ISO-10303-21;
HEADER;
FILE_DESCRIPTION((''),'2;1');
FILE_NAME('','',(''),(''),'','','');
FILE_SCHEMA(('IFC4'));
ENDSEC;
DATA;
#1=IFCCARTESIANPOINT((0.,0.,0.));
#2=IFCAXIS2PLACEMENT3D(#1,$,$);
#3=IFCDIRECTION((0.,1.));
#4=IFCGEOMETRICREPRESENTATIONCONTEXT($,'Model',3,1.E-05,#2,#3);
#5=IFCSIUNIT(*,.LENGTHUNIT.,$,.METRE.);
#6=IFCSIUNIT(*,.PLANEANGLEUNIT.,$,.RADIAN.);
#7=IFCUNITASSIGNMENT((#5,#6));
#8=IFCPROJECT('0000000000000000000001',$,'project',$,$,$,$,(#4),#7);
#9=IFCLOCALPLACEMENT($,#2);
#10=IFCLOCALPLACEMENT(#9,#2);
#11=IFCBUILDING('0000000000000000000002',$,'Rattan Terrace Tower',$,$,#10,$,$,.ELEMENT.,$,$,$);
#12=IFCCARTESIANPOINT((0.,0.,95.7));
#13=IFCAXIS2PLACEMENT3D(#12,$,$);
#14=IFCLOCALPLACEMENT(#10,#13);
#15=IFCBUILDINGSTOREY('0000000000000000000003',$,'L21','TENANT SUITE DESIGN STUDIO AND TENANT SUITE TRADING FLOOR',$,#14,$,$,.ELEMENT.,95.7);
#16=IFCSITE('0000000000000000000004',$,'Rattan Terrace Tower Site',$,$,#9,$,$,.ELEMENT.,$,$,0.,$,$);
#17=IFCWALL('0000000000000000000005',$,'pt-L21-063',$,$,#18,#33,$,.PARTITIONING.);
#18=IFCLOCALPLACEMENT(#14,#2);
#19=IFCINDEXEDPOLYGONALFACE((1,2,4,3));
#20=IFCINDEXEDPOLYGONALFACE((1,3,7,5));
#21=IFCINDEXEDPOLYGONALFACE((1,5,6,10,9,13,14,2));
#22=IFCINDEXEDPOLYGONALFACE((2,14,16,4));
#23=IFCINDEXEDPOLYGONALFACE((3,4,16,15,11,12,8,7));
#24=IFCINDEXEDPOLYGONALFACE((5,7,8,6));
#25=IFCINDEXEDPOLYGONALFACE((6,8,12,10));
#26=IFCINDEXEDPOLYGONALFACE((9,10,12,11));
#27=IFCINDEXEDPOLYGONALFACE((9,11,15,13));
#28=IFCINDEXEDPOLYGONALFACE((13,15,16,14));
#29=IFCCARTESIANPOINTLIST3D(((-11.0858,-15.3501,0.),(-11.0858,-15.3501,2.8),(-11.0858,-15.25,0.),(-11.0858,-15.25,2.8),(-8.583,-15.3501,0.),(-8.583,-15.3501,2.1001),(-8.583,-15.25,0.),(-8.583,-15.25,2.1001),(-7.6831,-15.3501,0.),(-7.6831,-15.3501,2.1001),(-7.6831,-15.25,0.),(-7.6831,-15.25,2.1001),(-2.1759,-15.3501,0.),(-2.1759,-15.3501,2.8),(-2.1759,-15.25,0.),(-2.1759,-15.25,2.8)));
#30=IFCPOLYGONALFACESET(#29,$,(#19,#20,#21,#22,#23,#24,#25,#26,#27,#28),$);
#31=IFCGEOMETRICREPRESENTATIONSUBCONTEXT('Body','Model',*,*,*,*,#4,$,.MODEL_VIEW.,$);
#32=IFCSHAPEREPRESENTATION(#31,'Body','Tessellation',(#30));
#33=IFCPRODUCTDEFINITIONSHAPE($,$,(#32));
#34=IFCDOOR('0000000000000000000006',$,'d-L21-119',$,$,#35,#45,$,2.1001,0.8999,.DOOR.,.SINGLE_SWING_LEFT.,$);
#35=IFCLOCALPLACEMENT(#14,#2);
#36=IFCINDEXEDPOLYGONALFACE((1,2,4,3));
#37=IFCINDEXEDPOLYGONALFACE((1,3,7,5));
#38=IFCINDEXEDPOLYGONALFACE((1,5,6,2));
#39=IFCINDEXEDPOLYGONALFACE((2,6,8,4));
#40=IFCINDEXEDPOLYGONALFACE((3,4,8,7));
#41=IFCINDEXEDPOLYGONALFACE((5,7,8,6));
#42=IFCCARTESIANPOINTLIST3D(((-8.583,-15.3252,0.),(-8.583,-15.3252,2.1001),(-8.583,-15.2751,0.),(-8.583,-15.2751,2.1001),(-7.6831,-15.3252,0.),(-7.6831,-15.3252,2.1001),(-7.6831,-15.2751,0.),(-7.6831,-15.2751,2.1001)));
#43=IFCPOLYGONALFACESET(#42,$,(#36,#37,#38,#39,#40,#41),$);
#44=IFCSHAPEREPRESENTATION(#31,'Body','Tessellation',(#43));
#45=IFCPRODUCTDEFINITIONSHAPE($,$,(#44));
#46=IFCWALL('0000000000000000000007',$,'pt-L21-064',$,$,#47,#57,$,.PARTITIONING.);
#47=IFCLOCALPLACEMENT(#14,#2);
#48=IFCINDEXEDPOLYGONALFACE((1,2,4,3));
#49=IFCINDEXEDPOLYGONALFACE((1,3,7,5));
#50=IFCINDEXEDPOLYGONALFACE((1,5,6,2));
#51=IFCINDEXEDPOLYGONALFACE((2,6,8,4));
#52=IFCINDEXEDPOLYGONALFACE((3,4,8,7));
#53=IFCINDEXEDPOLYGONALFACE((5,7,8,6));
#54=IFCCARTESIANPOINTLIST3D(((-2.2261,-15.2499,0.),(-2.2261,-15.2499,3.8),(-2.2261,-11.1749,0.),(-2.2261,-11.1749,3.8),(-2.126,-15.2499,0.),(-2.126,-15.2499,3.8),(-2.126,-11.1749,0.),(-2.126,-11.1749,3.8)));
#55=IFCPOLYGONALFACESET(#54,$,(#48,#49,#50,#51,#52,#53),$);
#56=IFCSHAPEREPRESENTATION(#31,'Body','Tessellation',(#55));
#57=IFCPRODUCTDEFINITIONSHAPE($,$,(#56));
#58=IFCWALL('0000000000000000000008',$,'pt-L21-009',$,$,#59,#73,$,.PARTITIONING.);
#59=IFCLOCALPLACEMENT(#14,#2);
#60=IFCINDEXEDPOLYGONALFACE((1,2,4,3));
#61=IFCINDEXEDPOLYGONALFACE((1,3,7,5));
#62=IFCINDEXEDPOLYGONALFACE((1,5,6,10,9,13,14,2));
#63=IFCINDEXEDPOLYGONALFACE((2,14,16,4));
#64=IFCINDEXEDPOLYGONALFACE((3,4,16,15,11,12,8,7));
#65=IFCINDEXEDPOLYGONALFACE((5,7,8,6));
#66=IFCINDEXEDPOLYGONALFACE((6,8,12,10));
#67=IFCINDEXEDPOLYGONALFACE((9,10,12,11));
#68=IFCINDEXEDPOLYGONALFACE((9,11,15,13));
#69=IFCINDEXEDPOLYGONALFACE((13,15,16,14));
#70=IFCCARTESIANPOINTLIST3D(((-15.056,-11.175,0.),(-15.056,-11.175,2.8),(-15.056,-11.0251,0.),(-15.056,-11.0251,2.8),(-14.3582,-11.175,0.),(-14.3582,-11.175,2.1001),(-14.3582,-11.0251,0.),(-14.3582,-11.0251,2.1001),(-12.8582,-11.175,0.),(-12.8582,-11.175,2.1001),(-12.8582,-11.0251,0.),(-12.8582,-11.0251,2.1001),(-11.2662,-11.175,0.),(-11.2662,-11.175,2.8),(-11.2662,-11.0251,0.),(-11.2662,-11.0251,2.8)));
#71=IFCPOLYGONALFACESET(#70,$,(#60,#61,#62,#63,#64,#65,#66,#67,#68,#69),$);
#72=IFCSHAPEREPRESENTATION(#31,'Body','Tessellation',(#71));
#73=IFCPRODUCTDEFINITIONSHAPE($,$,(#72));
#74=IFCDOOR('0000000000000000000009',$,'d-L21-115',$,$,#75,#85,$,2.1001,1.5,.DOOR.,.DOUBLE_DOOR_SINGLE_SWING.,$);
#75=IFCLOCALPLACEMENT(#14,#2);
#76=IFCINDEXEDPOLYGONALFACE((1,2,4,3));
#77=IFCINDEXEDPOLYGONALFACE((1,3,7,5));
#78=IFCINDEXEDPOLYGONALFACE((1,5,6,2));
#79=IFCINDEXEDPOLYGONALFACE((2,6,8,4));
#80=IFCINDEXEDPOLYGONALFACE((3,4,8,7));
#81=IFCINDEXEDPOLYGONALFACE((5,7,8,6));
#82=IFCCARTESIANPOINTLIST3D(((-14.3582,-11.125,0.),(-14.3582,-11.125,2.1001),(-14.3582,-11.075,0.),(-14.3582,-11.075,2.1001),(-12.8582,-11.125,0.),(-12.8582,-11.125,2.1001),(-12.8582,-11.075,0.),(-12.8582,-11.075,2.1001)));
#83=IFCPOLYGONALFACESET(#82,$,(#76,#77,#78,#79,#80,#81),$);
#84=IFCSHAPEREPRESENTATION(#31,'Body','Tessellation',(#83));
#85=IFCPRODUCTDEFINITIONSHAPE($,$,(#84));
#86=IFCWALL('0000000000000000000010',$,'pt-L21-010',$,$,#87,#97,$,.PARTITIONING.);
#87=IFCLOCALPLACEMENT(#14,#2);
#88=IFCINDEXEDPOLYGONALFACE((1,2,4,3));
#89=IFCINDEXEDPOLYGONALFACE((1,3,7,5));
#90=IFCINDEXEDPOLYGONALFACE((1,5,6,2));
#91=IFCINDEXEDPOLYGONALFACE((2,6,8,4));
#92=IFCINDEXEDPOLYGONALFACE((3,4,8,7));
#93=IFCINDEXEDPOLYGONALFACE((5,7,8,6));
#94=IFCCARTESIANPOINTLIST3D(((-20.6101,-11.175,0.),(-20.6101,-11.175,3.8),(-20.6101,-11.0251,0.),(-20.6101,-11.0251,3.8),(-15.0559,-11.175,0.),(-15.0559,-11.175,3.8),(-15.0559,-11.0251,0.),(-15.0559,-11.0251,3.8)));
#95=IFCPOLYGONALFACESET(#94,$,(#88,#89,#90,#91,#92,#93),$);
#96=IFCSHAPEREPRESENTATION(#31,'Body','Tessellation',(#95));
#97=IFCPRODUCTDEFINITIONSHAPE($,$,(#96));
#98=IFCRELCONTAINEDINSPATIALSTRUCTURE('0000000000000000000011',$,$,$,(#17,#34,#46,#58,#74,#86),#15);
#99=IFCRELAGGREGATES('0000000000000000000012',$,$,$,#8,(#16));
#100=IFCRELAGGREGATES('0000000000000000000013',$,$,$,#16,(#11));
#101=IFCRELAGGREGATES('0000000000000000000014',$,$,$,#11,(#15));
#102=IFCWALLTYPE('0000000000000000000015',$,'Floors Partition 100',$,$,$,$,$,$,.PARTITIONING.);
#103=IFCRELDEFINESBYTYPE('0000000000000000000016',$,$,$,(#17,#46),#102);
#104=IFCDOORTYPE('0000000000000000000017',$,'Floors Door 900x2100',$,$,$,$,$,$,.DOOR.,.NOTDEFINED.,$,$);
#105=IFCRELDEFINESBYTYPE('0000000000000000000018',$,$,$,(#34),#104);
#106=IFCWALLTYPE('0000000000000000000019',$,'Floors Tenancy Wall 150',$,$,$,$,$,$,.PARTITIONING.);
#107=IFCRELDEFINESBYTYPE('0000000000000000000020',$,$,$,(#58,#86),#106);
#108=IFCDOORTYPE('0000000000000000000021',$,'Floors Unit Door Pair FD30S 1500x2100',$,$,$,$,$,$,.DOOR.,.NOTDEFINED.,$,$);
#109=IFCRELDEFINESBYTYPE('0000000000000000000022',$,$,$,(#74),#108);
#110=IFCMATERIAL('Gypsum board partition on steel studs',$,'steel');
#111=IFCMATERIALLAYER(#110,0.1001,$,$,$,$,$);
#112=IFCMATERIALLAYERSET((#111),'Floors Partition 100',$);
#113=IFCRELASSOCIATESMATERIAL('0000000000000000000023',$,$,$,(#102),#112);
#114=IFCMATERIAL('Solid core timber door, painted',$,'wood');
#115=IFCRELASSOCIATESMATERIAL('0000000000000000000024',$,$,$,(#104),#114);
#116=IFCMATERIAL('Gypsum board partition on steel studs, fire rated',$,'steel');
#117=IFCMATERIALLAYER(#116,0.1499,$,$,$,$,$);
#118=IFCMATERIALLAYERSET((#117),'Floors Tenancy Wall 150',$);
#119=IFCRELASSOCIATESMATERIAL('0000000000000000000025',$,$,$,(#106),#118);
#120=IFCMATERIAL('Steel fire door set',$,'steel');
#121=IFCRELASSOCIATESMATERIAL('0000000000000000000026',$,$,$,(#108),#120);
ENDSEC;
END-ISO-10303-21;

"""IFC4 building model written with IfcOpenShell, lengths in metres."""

from ifc_helpers import new_model, si_unit, direction, frame, frame_2d, origin, place, context, subcontext, project, spatial, rectangle, extrude, material, layer, layer_set, type_object, element, fill, save


model = new_model("IFC4")

# Units and contexts
model_context = context("Model", 3, precision=1e-05, world=origin(), true_north=direction((0.0, 1.0)))
body_context = subcontext(model_context, "Body", "Model", "MODEL_VIEW")
ifc_project = project(units=[si_unit("LENGTHUNIT", "METRE"), si_unit("PLANEANGLEUNIT", "RADIAN")], contexts=[model_context])

# Site, building, storey
site_placement = place(None, origin())
site = spatial("IfcSite", under=ifc_project, at=site_placement, Name="Rattan Terrace Tower Site", CompositionType="ELEMENT", RefElevation=0.0)
building_placement = place(site_placement, origin())
building = spatial("IfcBuilding", under=site, at=building_placement, Name="Rattan Terrace Tower", CompositionType="ELEMENT")
storey_placement = place(building_placement, frame((0.0, 0.0, 95.7)))
storey = spatial("IfcBuildingStorey", under=building, at=storey_placement, Name="L21", Description="TENANT SUITE DESIGN STUDIO AND TENANT SUITE TRADING FLOOR", CompositionType="ELEMENT", Elevation=95.7)

# Shared definitions
ifc_material_1 = material(Name="Gypsum board partition on steel studs", Category="steel")
ifc_layer_1 = layer(ifc_material_1, 0.1001)
ifc_layer_set_1 = layer_set([ifc_layer_1], Name="Floors Partition 100")
wall_type_1 = type_object("IfcWallType", Name="Floors Partition 100", PredefinedType="PARTITIONING", material=ifc_layer_set_1)
ifc_material_2 = material(Name="Solid core timber door, painted", Category="wood")
door_type_1 = type_object("IfcDoorType", Name="Floors Door 900x2100", OperationType="NOTDEFINED", PredefinedType="DOOR", material=ifc_material_2)

# Wall, opening, door
wall_1_placement = place(storey_placement, frame((-11.0859, -15.3, 0.0), z_axis=(0.0, 0.0, 1.0), x_axis=(1.0, 0.0, 0.0)))
wall_1 = element("IfcWall", 1, at=wall_1_placement, inside=storey, type_object=wall_type_1, Name="pt-L21-063", PredefinedType="PARTITIONING", context=body_context, shape_type="SweptSolid", body=[
    extrude(rectangle(XDim=8.9099, YDim=0.1001, at=frame_2d((4.4551, 0.0))), origin(), (0.0, 0.0, 1.0), 2.8),
])
opening_1_placement = place(wall_1_placement, frame((2.5029, 0.0, 0.0)))
opening_1 = element("IfcOpeningElement", 2, at=opening_1_placement, cuts=wall_1, PredefinedType="OPENING", context=body_context, shape_type="SweptSolid", body=[
    extrude(rectangle(XDim=0.8999, YDim=2.1001, at=frame_2d((0.45, 1.05))), frame((0.0, 0.0605, 0.0), z_axis=(0.0, -1.0, 0.0), x_axis=(1.0, 0.0, 0.0)), (0.0, 0.0, 1.0), 0.1211),
])
door_1_placement = place(opening_1_placement, origin())
door_1 = element("IfcDoor", 3, at=door_1_placement, inside=storey, type_object=door_type_1, Name="d-L21-119", OperationType="SINGLE_SWING_LEFT", OverallHeight=2.1001, OverallWidth=0.8999, PredefinedType="DOOR", context=body_context, shape_type="SweptSolid", body=[
    extrude(rectangle(XDim=0.8999, YDim=2.1001, at=frame_2d((0.45, 1.05))), frame((0.0, 0.0249, 0.0), z_axis=(0.0, -1.0, 0.0), x_axis=(1.0, 0.0, 0.0)), (0.0, 0.0, 1.0), 0.05),
])
fill(opening_1, door_1)

# Wall
wall_2_placement = place(storey_placement, frame((-2.176, -15.25, 0.0), z_axis=(0.0, 0.0, 1.0), x_axis=(0.0, 1.0, 0.0)))
element("IfcWall", 4, at=wall_2_placement, inside=storey, type_object=wall_type_1, Name="pt-L21-064", PredefinedType="PARTITIONING", context=body_context, shape_type="SweptSolid", body=[
    extrude(rectangle(XDim=4.075, YDim=0.1001, at=frame_2d((2.0376, 0.0))), origin(), (0.0, 0.0, 1.0), 3.8),
])

# Wall, opening, door
ifc_material_3 = material(Name="Gypsum board partition on steel studs, fire rated", Category="steel")
ifc_layer_2 = layer(ifc_material_3, 0.1499)
ifc_layer_set_2 = layer_set([ifc_layer_2], Name="Floors Tenancy Wall 150")
wall_type_2 = type_object("IfcWallType", Name="Floors Tenancy Wall 150", PredefinedType="PARTITIONING", material=ifc_layer_set_2)
wall_3_placement = place(storey_placement, frame((-11.2661, -11.1001, 0.0), z_axis=(0.0, 0.0, 1.0), x_axis=(-1.0, 0.0, 0.0)))
wall_3 = element("IfcWall", 5, at=wall_3_placement, inside=storey, type_object=wall_type_2, Name="pt-L21-009", PredefinedType="PARTITIONING", context=body_context, shape_type="SweptSolid", body=[
    extrude(rectangle(XDim=3.7898, YDim=0.1499, at=frame_2d((1.895, 0.0))), origin(), (0.0, 0.0, 1.0), 2.8),
])
opening_2_placement = place(wall_3_placement, frame((1.592, 0.0, 0.0)))
opening_2 = element("IfcOpeningElement", 6, at=opening_2_placement, cuts=wall_3, PredefinedType="OPENING", context=body_context, shape_type="SweptSolid", body=[
    extrude(rectangle(XDim=1.5, YDim=2.1001, at=frame_2d((0.75, 1.05))), frame((0.0, 0.0854, 0.0), z_axis=(0.0, -1.0, 0.0), x_axis=(1.0, 0.0, 0.0)), (0.0, 0.0, 1.0), 0.1709),
])
ifc_material_4 = material(Name="Steel fire door set", Category="steel")
door_type_2 = type_object("IfcDoorType", Name="Floors Unit Door Pair FD30S 1500x2100", OperationType="NOTDEFINED", PredefinedType="DOOR", material=ifc_material_4)
door_2_placement = place(opening_2_placement, origin())
door_2 = element("IfcDoor", 7, at=door_2_placement, inside=storey, type_object=door_type_2, Name="d-L21-115", OperationType="DOUBLE_DOOR_SINGLE_SWING", OverallHeight=2.1001, OverallWidth=1.5, PredefinedType="DOOR", context=body_context, shape_type="SweptSolid", body=[
    extrude(rectangle(XDim=1.5, YDim=2.1001, at=frame_2d((0.75, 1.05))), frame((0.0, 0.0249, 0.0), z_axis=(0.0, -1.0, 0.0), x_axis=(1.0, 0.0, 0.0)), (0.0, 0.0, 1.0), 0.05),
])
fill(opening_2, door_2)

# Wall
wall_4_placement = place(storey_placement, frame((-15.0559, -11.1001, 0.0), z_axis=(0.0, 0.0, 1.0), x_axis=(-1.0, 0.0, 0.0)))
element("IfcWall", 8, at=wall_4_placement, inside=storey, type_object=wall_type_2, Name="pt-L21-010", PredefinedType="PARTITIONING", context=body_context, shape_type="SweptSolid", body=[
    extrude(rectangle(XDim=5.5542, YDim=0.1499, at=frame_2d((2.7771, 0.0))), origin(), (0.0, 0.0, 1.0), 3.8),
])

save(model, "model.ifc")
